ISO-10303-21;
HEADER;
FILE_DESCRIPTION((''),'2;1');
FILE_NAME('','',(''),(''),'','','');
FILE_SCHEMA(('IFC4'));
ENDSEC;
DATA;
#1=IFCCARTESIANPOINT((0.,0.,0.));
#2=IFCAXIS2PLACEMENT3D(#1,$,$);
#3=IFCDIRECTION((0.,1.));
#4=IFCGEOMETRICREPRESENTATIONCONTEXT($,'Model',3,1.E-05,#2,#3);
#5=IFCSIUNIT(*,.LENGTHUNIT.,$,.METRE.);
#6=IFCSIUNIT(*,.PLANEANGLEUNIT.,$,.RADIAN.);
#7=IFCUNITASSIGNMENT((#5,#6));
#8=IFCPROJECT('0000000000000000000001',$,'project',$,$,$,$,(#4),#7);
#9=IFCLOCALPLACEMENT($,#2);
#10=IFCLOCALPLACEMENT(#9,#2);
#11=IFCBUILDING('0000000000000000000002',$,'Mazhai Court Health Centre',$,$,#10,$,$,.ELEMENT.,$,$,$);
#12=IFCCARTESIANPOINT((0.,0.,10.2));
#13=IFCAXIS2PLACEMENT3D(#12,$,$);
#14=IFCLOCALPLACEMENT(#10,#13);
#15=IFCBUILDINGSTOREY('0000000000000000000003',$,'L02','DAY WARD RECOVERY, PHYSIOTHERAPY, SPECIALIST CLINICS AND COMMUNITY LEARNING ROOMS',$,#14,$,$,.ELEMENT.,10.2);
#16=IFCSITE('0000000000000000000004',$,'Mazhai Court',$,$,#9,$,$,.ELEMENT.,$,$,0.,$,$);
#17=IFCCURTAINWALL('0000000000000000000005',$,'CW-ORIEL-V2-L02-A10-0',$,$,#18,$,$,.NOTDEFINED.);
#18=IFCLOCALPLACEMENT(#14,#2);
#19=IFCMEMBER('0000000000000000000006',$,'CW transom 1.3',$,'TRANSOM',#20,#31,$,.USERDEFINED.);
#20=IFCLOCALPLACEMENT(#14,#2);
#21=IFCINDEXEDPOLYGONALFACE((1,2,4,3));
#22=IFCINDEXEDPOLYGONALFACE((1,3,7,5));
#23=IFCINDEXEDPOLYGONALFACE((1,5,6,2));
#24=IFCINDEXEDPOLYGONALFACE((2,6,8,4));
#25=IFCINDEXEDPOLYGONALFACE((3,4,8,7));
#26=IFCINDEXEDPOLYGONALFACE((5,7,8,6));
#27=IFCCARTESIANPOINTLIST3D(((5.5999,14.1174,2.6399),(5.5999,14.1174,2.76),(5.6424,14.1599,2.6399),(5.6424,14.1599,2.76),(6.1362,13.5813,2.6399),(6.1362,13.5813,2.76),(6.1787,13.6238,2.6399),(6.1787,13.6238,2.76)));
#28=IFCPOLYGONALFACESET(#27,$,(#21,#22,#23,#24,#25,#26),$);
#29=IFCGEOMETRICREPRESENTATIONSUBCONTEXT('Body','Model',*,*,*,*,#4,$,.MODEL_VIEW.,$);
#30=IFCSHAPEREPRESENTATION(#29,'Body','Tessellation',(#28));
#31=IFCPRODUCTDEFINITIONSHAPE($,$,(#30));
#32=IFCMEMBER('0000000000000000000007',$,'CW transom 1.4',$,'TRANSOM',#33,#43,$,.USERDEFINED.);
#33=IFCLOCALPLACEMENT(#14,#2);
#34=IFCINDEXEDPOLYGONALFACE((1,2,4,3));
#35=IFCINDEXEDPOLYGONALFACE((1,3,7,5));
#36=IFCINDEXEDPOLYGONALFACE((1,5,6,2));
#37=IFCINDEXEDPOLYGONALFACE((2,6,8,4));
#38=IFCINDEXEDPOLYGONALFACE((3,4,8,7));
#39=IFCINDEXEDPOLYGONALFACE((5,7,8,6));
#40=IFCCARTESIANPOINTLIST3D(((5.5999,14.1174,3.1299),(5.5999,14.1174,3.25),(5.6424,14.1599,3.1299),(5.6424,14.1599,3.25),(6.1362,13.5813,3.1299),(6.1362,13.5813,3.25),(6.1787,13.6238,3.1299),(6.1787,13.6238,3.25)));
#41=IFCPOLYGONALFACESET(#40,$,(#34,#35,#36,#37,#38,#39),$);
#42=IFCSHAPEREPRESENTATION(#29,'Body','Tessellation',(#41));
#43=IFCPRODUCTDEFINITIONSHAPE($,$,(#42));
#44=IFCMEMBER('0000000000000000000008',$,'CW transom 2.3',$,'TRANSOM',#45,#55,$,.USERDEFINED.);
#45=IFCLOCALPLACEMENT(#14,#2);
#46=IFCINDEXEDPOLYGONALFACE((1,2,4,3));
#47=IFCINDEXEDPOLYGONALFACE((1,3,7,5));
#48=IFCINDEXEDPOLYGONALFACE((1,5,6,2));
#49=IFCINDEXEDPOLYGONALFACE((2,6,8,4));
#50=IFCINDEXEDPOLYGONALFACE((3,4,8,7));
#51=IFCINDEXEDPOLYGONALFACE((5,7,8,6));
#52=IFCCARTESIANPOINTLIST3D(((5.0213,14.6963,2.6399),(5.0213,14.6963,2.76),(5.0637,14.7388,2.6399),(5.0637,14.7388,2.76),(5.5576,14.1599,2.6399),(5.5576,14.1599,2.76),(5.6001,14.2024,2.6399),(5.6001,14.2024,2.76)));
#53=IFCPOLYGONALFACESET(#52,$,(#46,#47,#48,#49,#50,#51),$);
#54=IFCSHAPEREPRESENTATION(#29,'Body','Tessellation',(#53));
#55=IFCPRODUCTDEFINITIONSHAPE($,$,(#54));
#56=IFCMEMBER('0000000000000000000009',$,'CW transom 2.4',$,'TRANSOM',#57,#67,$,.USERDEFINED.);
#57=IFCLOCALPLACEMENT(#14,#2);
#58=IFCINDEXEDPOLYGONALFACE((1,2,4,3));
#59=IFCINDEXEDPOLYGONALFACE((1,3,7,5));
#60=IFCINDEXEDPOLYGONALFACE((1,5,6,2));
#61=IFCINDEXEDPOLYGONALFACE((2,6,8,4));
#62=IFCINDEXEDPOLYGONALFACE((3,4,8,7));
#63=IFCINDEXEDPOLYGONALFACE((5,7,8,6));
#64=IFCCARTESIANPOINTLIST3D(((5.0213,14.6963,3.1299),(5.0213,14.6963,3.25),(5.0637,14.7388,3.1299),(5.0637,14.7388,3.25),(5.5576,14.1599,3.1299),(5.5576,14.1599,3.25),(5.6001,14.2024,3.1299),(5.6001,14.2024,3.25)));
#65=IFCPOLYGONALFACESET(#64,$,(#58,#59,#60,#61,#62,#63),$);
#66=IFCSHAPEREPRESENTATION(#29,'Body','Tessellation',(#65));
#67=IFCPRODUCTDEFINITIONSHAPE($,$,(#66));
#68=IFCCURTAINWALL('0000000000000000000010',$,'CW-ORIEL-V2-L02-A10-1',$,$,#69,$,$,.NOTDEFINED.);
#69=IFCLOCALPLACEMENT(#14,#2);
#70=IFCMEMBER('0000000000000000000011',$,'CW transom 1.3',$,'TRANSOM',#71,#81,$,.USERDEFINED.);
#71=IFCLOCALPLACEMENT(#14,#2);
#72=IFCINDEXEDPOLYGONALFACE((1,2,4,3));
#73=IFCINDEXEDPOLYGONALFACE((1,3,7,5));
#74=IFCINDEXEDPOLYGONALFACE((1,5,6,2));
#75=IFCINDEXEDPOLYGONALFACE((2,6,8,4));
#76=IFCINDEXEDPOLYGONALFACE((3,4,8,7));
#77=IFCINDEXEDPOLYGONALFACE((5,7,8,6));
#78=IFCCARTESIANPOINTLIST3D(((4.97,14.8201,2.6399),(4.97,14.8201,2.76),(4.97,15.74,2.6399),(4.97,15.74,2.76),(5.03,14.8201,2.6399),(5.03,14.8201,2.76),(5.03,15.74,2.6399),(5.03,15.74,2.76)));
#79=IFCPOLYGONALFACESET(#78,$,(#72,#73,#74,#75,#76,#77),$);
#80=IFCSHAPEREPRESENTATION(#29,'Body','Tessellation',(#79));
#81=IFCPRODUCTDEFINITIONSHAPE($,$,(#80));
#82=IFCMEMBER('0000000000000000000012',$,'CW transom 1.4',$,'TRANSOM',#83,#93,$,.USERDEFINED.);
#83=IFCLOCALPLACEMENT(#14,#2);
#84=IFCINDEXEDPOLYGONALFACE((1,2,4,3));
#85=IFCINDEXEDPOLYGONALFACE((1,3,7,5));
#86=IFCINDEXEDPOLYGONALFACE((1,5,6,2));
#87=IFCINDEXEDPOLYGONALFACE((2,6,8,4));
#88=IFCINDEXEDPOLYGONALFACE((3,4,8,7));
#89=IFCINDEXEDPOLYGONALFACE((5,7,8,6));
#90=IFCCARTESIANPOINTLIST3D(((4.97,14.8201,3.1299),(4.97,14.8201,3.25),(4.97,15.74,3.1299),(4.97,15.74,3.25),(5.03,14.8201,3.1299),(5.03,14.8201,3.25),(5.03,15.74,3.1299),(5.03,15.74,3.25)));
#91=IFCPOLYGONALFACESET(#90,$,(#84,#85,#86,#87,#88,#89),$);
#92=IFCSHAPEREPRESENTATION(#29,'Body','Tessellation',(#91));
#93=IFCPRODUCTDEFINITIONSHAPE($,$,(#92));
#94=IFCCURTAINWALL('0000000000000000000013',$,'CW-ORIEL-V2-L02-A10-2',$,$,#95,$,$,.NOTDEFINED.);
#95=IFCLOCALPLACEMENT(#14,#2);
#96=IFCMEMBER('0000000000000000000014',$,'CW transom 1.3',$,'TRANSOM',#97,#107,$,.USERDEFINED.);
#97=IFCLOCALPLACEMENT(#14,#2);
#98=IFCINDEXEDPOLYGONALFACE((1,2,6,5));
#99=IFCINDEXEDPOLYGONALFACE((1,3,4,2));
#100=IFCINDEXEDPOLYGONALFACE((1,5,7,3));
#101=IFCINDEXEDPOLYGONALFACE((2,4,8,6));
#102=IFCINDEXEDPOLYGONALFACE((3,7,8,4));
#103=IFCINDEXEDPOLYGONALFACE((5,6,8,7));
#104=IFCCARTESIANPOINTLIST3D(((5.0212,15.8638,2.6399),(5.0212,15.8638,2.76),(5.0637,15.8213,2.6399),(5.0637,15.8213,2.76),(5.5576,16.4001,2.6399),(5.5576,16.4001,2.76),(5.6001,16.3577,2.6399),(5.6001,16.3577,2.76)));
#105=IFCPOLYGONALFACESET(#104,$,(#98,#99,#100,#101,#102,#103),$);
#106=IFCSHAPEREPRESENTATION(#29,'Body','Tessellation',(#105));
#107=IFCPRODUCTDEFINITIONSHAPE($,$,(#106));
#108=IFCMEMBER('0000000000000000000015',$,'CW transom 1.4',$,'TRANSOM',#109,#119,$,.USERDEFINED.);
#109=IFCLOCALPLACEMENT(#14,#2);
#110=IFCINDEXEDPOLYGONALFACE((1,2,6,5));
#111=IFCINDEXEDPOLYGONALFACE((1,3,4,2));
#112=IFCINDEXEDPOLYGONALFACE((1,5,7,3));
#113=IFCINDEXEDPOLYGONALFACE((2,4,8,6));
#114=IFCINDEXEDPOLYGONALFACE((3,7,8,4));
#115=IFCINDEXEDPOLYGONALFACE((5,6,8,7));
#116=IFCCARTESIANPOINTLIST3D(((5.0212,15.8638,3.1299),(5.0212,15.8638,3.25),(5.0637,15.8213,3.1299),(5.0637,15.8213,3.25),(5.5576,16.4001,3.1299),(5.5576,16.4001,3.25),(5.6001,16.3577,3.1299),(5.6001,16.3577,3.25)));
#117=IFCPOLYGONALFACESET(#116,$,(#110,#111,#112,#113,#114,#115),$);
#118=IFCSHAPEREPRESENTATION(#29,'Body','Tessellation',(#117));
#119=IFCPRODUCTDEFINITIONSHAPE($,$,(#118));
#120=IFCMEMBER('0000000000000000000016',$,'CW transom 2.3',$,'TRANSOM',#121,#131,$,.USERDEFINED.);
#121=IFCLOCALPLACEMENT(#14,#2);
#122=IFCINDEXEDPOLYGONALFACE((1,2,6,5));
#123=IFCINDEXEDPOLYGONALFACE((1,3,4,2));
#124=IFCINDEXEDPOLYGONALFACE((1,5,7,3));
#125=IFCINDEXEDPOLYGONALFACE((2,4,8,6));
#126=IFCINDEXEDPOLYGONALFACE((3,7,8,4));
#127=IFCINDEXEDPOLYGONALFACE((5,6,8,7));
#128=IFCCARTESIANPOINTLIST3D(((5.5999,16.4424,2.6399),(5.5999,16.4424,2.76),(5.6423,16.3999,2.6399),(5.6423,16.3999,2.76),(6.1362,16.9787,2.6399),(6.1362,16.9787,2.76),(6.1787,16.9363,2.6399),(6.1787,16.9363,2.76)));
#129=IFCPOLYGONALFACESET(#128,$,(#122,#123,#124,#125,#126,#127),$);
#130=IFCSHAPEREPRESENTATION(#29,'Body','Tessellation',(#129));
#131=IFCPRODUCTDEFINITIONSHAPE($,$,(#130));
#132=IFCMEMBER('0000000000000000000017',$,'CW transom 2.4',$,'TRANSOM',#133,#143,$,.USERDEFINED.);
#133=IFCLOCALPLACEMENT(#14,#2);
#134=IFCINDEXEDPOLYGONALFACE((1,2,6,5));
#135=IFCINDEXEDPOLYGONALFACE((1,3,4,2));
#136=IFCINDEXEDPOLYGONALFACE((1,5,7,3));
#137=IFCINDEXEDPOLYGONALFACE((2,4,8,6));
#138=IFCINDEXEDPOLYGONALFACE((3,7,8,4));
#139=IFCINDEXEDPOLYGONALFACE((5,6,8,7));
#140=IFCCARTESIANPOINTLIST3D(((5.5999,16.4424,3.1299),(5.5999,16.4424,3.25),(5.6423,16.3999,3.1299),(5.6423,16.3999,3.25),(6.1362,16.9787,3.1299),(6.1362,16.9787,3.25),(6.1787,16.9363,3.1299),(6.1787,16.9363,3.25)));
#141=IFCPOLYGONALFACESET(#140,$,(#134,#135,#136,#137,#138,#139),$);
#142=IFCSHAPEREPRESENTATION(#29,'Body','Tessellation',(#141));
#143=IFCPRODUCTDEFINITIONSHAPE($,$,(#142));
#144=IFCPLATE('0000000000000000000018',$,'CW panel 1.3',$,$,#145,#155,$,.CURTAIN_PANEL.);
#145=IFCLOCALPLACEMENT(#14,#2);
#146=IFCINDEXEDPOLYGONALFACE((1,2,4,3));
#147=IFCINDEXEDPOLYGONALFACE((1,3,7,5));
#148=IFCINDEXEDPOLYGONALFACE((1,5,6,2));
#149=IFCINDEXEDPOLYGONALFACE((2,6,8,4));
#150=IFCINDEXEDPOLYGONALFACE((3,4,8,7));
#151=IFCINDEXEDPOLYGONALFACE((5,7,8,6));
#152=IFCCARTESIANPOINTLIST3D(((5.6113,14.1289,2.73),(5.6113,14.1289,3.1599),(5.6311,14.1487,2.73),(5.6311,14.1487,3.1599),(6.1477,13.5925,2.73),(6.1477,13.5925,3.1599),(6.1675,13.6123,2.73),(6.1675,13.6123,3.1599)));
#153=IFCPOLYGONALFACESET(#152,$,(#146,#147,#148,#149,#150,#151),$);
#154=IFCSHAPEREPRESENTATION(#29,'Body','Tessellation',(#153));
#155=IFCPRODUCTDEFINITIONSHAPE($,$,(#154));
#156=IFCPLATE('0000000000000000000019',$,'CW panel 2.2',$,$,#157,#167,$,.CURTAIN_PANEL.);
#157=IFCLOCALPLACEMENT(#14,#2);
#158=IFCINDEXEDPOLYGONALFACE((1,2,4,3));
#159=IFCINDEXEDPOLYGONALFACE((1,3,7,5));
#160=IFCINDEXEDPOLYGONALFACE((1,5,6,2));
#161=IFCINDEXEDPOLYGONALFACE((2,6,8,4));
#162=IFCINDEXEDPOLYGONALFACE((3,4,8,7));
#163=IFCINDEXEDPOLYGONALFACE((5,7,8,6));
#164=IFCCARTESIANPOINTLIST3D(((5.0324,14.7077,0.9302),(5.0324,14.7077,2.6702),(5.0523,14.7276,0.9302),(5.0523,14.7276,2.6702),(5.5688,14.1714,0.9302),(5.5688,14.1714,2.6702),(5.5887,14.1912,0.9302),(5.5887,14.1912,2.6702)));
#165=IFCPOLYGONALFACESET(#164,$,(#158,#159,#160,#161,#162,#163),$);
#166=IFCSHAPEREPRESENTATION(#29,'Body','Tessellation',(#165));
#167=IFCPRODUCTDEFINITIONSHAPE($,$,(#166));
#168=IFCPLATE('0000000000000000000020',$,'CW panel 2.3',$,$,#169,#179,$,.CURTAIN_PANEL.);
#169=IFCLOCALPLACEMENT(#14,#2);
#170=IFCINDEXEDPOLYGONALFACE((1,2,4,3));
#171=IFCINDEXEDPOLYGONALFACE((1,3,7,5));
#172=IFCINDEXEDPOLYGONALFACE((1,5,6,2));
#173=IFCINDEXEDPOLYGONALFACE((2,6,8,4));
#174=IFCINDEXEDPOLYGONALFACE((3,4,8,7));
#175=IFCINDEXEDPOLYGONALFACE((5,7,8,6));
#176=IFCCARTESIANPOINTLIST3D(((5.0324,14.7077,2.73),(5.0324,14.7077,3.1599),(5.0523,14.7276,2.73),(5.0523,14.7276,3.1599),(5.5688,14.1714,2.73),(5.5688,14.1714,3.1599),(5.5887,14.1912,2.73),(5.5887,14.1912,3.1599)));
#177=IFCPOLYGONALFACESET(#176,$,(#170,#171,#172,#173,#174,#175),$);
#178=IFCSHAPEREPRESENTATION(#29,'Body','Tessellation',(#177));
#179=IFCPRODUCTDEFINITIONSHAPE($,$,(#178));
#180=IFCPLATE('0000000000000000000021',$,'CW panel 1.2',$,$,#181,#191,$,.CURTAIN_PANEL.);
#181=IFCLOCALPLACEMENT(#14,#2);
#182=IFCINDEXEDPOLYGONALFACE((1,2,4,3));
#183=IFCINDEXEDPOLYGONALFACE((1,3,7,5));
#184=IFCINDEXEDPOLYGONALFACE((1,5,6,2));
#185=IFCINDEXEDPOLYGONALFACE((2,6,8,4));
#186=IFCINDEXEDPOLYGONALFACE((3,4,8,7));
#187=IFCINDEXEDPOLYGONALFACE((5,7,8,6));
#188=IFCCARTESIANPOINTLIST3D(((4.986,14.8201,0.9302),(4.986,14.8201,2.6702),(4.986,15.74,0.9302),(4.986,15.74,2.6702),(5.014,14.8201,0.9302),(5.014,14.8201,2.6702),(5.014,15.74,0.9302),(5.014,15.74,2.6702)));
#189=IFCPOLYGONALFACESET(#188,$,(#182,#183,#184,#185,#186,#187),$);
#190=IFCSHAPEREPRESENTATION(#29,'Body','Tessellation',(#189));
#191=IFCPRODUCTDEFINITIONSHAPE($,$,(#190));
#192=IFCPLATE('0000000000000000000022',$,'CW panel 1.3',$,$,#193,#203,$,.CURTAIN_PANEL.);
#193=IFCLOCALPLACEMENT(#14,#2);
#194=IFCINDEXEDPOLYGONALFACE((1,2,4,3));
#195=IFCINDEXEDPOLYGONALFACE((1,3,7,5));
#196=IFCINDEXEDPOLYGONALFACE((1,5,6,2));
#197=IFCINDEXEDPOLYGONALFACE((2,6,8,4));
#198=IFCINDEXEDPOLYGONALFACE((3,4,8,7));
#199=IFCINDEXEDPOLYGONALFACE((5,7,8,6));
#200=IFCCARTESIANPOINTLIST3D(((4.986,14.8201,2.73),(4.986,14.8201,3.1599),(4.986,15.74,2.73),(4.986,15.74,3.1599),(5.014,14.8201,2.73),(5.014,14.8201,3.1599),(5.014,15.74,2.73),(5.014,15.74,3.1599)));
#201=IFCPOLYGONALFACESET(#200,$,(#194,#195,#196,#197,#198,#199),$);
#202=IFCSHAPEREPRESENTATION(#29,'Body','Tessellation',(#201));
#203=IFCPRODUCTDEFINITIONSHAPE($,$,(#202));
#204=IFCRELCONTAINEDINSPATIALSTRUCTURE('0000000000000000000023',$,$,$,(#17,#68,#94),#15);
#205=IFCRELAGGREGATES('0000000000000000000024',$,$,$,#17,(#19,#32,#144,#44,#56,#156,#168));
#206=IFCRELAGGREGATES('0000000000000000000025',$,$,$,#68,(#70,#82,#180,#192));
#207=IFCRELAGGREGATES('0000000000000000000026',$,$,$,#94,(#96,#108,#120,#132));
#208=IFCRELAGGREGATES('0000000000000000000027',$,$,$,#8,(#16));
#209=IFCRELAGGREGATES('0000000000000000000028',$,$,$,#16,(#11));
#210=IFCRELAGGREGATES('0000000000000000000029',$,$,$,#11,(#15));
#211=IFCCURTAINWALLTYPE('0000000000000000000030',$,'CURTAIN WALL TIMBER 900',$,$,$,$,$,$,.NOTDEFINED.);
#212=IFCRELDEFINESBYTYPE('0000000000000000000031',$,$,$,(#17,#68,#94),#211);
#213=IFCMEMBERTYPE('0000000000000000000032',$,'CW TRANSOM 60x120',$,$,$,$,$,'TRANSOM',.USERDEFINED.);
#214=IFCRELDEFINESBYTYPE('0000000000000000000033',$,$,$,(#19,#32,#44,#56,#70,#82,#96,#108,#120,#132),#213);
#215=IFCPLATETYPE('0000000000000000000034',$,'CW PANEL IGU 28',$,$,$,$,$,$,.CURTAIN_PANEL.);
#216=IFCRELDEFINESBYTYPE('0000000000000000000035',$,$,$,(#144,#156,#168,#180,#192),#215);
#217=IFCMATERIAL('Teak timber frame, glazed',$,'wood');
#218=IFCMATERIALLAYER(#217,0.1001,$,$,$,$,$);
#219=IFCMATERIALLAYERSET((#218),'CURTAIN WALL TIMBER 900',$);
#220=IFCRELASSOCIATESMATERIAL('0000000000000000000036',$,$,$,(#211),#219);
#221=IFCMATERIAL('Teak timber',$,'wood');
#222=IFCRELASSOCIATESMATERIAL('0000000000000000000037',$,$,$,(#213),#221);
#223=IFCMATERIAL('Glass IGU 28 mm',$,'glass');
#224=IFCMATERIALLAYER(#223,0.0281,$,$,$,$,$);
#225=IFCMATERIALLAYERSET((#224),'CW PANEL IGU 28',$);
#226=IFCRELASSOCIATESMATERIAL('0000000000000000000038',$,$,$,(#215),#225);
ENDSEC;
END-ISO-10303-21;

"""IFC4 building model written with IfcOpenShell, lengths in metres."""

from ifc_helpers import new_model, si_unit, direction, frame, origin, origin_2d, place, context, subcontext, project, spatial, rectangle, extrude, material, layer, layer_set, material_profile, profile_set, type_object, element, aggregate, save


model = new_model("IFC4")

# Units and contexts
model_context = context("Model", 3, precision=1e-05, world=origin(), true_north=direction((0.0, 1.0)))
body_context = subcontext(model_context, "Body", "Model", "MODEL_VIEW")
ifc_project = project(units=[si_unit("LENGTHUNIT", "METRE"), si_unit("PLANEANGLEUNIT", "RADIAN")], contexts=[model_context])

# Site, building, storey
site_placement = place(None, origin())
site = spatial("IfcSite", under=ifc_project, at=site_placement, Name="Mazhai Court", CompositionType="ELEMENT", RefElevation=0.0)
building_placement = place(site_placement, origin())
building = spatial("IfcBuilding", under=site, at=building_placement, Name="Mazhai Court Health Centre", CompositionType="ELEMENT")
storey_placement = place(building_placement, frame((0.0, 0.0, 10.2)))
storey = spatial("IfcBuildingStorey", under=building, at=storey_placement, Name="L02", Description="DAY WARD RECOVERY, PHYSIOTHERAPY, SPECIALIST CLINICS AND COMMUNITY LEARNING ROOMS", CompositionType="ELEMENT", Elevation=10.2)

# Curtain walls, members
ifc_material_1 = material(Name="Teak timber frame, glazed", Category="wood")
ifc_layer_1 = layer(ifc_material_1, 0.1001)
ifc_layer_set_1 = layer_set([ifc_layer_1], Name="CURTAIN WALL TIMBER 900")
curtain_wall_type = type_object("IfcCurtainWallType", Name="CURTAIN WALL TIMBER 900", PredefinedType="NOTDEFINED", material=ifc_layer_set_1)
curtain_wall_1_placement = place(storey_placement, origin())
curtain_wall_1 = element("IfcCurtainWall", 1, at=curtain_wall_1_placement, inside=storey, type_object=curtain_wall_type, Name="CW-ORIEL-V2-L02-A10-0", PredefinedType="NOTDEFINED")
ifc_material_2 = material(Name="Teak timber", Category="wood")
ifc_material_profile = material_profile(ifc_material_2, rectangle(XDim=0.0601, YDim=0.1201, at=origin_2d()), Name="CW TRANSOM 60x120")
ifc_profile_set = profile_set([ifc_material_profile], Name="Teak timber")
member_type = type_object("IfcMemberType", Name="CW TRANSOM 60x120", ElementType="TRANSOM", PredefinedType="USERDEFINED", material=ifc_profile_set)
member_1_placement = place(storey_placement, frame((6.1575, 13.6025, 2.7), z_axis=(-0.707268, 0.706946, 0.0), x_axis=(-0.706946, -0.707268, 0.0)))
member_1 = element("IfcMember", 2, at=member_1_placement, type_object=member_type, Name="CW transom 1.3", ObjectType="TRANSOM", PredefinedType="USERDEFINED", context=body_context, shape_type="SweptSolid", body=[
    extrude(rectangle(XDim=0.0601, YDim=0.1201, at=origin_2d()), origin(), (0.0, 0.0, 1.0), 0.7583),
])
member_2_placement = place(storey_placement, frame((6.1575, 13.6025, 3.1899), z_axis=(-0.707268, 0.706946, 0.0), x_axis=(-0.706946, -0.707268, 0.0)))
member_2 = element("IfcMember", 3, at=member_2_placement, type_object=member_type, Name="CW transom 1.4", ObjectType="TRANSOM", PredefinedType="USERDEFINED", context=body_context, shape_type="SweptSolid", body=[
    extrude(rectangle(XDim=0.0601, YDim=0.1201, at=origin_2d()), origin(), (0.0, 0.0, 1.0), 0.7583),
])
member_3_placement = place(storey_placement, frame((5.5789, 14.1812, 2.7), z_axis=(-0.707107, 0.707107, 0.0), x_axis=(-0.707107, -0.707107, 0.0)))
member_3 = element("IfcMember", 4, at=member_3_placement, type_object=member_type, Name="CW transom 2.3", ObjectType="TRANSOM", PredefinedType="USERDEFINED", context=body_context, shape_type="SweptSolid", body=[
    extrude(rectangle(XDim=0.0601, YDim=0.1201, at=origin_2d()), origin(), (0.0, 0.0, 1.0), 0.7585),
])
member_4_placement = place(storey_placement, frame((5.5789, 14.1812, 3.1899), z_axis=(-0.707107, 0.707107, 0.0), x_axis=(-0.707107, -0.707107, 0.0)))
member_4 = element("IfcMember", 5, at=member_4_placement, type_object=member_type, Name="CW transom 2.4", ObjectType="TRANSOM", PredefinedType="USERDEFINED", context=body_context, shape_type="SweptSolid", body=[
    extrude(rectangle(XDim=0.0601, YDim=0.1201, at=origin_2d()), origin(), (0.0, 0.0, 1.0), 0.7585),
])
curtain_wall_2_placement = place(storey_placement, origin())
curtain_wall_2 = element("IfcCurtainWall", 6, at=curtain_wall_2_placement, inside=storey, type_object=curtain_wall_type, Name="CW-ORIEL-V2-L02-A10-1", PredefinedType="NOTDEFINED")
member_5_placement = place(storey_placement, frame((5.0, 14.8201, 2.7), z_axis=(0.0, 1.0, 0.0), x_axis=(-1.0, 0.0, 0.0)))
member_5 = element("IfcMember", 7, at=member_5_placement, type_object=member_type, Name="CW transom 1.3", ObjectType="TRANSOM", PredefinedType="USERDEFINED", context=body_context, shape_type="SweptSolid", body=[
    extrude(rectangle(XDim=0.0601, YDim=0.1201, at=origin_2d()), origin(), (0.0, 0.0, 1.0), 0.9199),
])
member_6_placement = place(storey_placement, frame((5.0, 14.8201, 3.1899), z_axis=(0.0, 1.0, 0.0), x_axis=(-1.0, 0.0, 0.0)))
member_6 = element("IfcMember", 8, at=member_6_placement, type_object=member_type, Name="CW transom 1.4", ObjectType="TRANSOM", PredefinedType="USERDEFINED", context=body_context, shape_type="SweptSolid", body=[
    extrude(rectangle(XDim=0.0601, YDim=0.1201, at=origin_2d()), origin(), (0.0, 0.0, 1.0), 0.9199),
])
curtain_wall_3_placement = place(storey_placement, origin())
curtain_wall_3 = element("IfcCurtainWall", 9, at=curtain_wall_3_placement, inside=storey, type_object=curtain_wall_type, Name="CW-ORIEL-V2-L02-A10-2", PredefinedType="NOTDEFINED")
member_7_placement = place(storey_placement, frame((5.0425, 15.8425, 2.7), z_axis=(0.707107, 0.707107, 0.0), x_axis=(-0.707107, 0.707107, 0.0)))
member_7 = element("IfcMember", 10, at=member_7_placement, type_object=member_type, Name="CW transom 1.3", ObjectType="TRANSOM", PredefinedType="USERDEFINED", context=body_context, shape_type="SweptSolid", body=[
    extrude(rectangle(XDim=0.0601, YDim=0.1201, at=origin_2d()), origin(), (0.0, 0.0, 1.0), 0.7585),
])
member_8_placement = place(storey_placement, frame((5.0425, 15.8425, 3.1899), z_axis=(0.707107, 0.707107, 0.0), x_axis=(-0.707107, 0.707107, 0.0)))
member_8 = element("IfcMember", 11, at=member_8_placement, type_object=member_type, Name="CW transom 1.4", ObjectType="TRANSOM", PredefinedType="USERDEFINED", context=body_context, shape_type="SweptSolid", body=[
    extrude(rectangle(XDim=0.0601, YDim=0.1201, at=origin_2d()), origin(), (0.0, 0.0, 1.0), 0.7585),
])
member_9_placement = place(storey_placement, frame((5.6211, 16.4211, 2.7), z_axis=(0.707107, 0.707107, 0.0), x_axis=(-0.707107, 0.707107, 0.0)))
member_9 = element("IfcMember", 12, at=member_9_placement, type_object=member_type, Name="CW transom 2.3", ObjectType="TRANSOM", PredefinedType="USERDEFINED", context=body_context, shape_type="SweptSolid", body=[
    extrude(rectangle(XDim=0.0601, YDim=0.1201, at=origin_2d()), origin(), (0.0, 0.0, 1.0), 0.7585),
])
member_10_placement = place(storey_placement, frame((5.6211, 16.4211, 3.1899), z_axis=(0.707107, 0.707107, 0.0), x_axis=(-0.707107, 0.707107, 0.0)))
member_10 = element("IfcMember", 13, at=member_10_placement, type_object=member_type, Name="CW transom 2.4", ObjectType="TRANSOM", PredefinedType="USERDEFINED", context=body_context, shape_type="SweptSolid", body=[
    extrude(rectangle(XDim=0.0601, YDim=0.1201, at=origin_2d()), origin(), (0.0, 0.0, 1.0), 0.7585),
])

# Plates
ifc_material_3 = material(Name="Glass IGU 28 mm", Category="glass")
ifc_layer_2 = layer(ifc_material_3, 0.0281)
ifc_layer_set_2 = layer_set([ifc_layer_2], Name="CW PANEL IGU 28")
plate_type = type_object("IfcPlateType", Name="CW PANEL IGU 28", PredefinedType="CURTAIN_PANEL", material=ifc_layer_set_2)
plate_1_placement = place(storey_placement, frame((5.8894, 13.8706, 2.73), z_axis=(0.0, 0.0, 1.0), x_axis=(-0.707107, 0.707107, 0.0)))
plate_1 = element("IfcPlate", 14, at=plate_1_placement, type_object=plate_type, Name="CW panel 1.3", PredefinedType="CURTAIN_PANEL", context=body_context, shape_type="SweptSolid", body=[
    extrude(rectangle(XDim=0.7585, YDim=0.0281, at=origin_2d()), origin(), (0.0, 0.0, 1.0), 0.4299),
])
plate_2_placement = place(storey_placement, frame((5.3105, 14.4495, 0.9302), z_axis=(0.0, 0.0, 1.0), x_axis=(-0.707107, 0.707107, 0.0)))
plate_2 = element("IfcPlate", 15, at=plate_2_placement, type_object=plate_type, Name="CW panel 2.2", PredefinedType="CURTAIN_PANEL", context=body_context, shape_type="SweptSolid", body=[
    extrude(rectangle(XDim=0.7585, YDim=0.0281, at=origin_2d()), origin(), (0.0, 0.0, 1.0), 1.74),
])
plate_3_placement = place(storey_placement, frame((5.3105, 14.4495, 2.73), z_axis=(0.0, 0.0, 1.0), x_axis=(-0.707107, 0.707107, 0.0)))
plate_3 = element("IfcPlate", 16, at=plate_3_placement, type_object=plate_type, Name="CW panel 2.3", PredefinedType="CURTAIN_PANEL", context=body_context, shape_type="SweptSolid", body=[
    extrude(rectangle(XDim=0.7585, YDim=0.0281, at=origin_2d()), origin(), (0.0, 0.0, 1.0), 0.4299),
])
aggregate(curtain_wall_1, [member_1, member_2, plate_1, member_3, member_4, plate_2, plate_3])
plate_4_placement = place(storey_placement, frame((5.0, 15.28, 0.9302), z_axis=(0.0, 0.0, 1.0), x_axis=(0.0, 1.0, 0.0)))
plate_4 = element("IfcPlate", 17, at=plate_4_placement, type_object=plate_type, Name="CW panel 1.2", PredefinedType="CURTAIN_PANEL", context=body_context, shape_type="SweptSolid", body=[
    extrude(rectangle(XDim=0.9199, YDim=0.0281, at=origin_2d()), origin(), (0.0, 0.0, 1.0), 1.74),
])
plate_5_placement = place(storey_placement, frame((5.0, 15.28, 2.73), z_axis=(0.0, 0.0, 1.0), x_axis=(0.0, 1.0, 0.0)))
plate_5 = element("IfcPlate", 18, at=plate_5_placement, type_object=plate_type, Name="CW panel 1.3", PredefinedType="CURTAIN_PANEL", context=body_context, shape_type="SweptSolid", body=[
    extrude(rectangle(XDim=0.9199, YDim=0.0281, at=origin_2d()), origin(), (0.0, 0.0, 1.0), 0.4299),
])
aggregate(curtain_wall_2, [member_5, member_6, plate_4, plate_5])
aggregate(curtain_wall_3, [member_7, member_8, member_9, member_10])

save(model, "model.ifc")
